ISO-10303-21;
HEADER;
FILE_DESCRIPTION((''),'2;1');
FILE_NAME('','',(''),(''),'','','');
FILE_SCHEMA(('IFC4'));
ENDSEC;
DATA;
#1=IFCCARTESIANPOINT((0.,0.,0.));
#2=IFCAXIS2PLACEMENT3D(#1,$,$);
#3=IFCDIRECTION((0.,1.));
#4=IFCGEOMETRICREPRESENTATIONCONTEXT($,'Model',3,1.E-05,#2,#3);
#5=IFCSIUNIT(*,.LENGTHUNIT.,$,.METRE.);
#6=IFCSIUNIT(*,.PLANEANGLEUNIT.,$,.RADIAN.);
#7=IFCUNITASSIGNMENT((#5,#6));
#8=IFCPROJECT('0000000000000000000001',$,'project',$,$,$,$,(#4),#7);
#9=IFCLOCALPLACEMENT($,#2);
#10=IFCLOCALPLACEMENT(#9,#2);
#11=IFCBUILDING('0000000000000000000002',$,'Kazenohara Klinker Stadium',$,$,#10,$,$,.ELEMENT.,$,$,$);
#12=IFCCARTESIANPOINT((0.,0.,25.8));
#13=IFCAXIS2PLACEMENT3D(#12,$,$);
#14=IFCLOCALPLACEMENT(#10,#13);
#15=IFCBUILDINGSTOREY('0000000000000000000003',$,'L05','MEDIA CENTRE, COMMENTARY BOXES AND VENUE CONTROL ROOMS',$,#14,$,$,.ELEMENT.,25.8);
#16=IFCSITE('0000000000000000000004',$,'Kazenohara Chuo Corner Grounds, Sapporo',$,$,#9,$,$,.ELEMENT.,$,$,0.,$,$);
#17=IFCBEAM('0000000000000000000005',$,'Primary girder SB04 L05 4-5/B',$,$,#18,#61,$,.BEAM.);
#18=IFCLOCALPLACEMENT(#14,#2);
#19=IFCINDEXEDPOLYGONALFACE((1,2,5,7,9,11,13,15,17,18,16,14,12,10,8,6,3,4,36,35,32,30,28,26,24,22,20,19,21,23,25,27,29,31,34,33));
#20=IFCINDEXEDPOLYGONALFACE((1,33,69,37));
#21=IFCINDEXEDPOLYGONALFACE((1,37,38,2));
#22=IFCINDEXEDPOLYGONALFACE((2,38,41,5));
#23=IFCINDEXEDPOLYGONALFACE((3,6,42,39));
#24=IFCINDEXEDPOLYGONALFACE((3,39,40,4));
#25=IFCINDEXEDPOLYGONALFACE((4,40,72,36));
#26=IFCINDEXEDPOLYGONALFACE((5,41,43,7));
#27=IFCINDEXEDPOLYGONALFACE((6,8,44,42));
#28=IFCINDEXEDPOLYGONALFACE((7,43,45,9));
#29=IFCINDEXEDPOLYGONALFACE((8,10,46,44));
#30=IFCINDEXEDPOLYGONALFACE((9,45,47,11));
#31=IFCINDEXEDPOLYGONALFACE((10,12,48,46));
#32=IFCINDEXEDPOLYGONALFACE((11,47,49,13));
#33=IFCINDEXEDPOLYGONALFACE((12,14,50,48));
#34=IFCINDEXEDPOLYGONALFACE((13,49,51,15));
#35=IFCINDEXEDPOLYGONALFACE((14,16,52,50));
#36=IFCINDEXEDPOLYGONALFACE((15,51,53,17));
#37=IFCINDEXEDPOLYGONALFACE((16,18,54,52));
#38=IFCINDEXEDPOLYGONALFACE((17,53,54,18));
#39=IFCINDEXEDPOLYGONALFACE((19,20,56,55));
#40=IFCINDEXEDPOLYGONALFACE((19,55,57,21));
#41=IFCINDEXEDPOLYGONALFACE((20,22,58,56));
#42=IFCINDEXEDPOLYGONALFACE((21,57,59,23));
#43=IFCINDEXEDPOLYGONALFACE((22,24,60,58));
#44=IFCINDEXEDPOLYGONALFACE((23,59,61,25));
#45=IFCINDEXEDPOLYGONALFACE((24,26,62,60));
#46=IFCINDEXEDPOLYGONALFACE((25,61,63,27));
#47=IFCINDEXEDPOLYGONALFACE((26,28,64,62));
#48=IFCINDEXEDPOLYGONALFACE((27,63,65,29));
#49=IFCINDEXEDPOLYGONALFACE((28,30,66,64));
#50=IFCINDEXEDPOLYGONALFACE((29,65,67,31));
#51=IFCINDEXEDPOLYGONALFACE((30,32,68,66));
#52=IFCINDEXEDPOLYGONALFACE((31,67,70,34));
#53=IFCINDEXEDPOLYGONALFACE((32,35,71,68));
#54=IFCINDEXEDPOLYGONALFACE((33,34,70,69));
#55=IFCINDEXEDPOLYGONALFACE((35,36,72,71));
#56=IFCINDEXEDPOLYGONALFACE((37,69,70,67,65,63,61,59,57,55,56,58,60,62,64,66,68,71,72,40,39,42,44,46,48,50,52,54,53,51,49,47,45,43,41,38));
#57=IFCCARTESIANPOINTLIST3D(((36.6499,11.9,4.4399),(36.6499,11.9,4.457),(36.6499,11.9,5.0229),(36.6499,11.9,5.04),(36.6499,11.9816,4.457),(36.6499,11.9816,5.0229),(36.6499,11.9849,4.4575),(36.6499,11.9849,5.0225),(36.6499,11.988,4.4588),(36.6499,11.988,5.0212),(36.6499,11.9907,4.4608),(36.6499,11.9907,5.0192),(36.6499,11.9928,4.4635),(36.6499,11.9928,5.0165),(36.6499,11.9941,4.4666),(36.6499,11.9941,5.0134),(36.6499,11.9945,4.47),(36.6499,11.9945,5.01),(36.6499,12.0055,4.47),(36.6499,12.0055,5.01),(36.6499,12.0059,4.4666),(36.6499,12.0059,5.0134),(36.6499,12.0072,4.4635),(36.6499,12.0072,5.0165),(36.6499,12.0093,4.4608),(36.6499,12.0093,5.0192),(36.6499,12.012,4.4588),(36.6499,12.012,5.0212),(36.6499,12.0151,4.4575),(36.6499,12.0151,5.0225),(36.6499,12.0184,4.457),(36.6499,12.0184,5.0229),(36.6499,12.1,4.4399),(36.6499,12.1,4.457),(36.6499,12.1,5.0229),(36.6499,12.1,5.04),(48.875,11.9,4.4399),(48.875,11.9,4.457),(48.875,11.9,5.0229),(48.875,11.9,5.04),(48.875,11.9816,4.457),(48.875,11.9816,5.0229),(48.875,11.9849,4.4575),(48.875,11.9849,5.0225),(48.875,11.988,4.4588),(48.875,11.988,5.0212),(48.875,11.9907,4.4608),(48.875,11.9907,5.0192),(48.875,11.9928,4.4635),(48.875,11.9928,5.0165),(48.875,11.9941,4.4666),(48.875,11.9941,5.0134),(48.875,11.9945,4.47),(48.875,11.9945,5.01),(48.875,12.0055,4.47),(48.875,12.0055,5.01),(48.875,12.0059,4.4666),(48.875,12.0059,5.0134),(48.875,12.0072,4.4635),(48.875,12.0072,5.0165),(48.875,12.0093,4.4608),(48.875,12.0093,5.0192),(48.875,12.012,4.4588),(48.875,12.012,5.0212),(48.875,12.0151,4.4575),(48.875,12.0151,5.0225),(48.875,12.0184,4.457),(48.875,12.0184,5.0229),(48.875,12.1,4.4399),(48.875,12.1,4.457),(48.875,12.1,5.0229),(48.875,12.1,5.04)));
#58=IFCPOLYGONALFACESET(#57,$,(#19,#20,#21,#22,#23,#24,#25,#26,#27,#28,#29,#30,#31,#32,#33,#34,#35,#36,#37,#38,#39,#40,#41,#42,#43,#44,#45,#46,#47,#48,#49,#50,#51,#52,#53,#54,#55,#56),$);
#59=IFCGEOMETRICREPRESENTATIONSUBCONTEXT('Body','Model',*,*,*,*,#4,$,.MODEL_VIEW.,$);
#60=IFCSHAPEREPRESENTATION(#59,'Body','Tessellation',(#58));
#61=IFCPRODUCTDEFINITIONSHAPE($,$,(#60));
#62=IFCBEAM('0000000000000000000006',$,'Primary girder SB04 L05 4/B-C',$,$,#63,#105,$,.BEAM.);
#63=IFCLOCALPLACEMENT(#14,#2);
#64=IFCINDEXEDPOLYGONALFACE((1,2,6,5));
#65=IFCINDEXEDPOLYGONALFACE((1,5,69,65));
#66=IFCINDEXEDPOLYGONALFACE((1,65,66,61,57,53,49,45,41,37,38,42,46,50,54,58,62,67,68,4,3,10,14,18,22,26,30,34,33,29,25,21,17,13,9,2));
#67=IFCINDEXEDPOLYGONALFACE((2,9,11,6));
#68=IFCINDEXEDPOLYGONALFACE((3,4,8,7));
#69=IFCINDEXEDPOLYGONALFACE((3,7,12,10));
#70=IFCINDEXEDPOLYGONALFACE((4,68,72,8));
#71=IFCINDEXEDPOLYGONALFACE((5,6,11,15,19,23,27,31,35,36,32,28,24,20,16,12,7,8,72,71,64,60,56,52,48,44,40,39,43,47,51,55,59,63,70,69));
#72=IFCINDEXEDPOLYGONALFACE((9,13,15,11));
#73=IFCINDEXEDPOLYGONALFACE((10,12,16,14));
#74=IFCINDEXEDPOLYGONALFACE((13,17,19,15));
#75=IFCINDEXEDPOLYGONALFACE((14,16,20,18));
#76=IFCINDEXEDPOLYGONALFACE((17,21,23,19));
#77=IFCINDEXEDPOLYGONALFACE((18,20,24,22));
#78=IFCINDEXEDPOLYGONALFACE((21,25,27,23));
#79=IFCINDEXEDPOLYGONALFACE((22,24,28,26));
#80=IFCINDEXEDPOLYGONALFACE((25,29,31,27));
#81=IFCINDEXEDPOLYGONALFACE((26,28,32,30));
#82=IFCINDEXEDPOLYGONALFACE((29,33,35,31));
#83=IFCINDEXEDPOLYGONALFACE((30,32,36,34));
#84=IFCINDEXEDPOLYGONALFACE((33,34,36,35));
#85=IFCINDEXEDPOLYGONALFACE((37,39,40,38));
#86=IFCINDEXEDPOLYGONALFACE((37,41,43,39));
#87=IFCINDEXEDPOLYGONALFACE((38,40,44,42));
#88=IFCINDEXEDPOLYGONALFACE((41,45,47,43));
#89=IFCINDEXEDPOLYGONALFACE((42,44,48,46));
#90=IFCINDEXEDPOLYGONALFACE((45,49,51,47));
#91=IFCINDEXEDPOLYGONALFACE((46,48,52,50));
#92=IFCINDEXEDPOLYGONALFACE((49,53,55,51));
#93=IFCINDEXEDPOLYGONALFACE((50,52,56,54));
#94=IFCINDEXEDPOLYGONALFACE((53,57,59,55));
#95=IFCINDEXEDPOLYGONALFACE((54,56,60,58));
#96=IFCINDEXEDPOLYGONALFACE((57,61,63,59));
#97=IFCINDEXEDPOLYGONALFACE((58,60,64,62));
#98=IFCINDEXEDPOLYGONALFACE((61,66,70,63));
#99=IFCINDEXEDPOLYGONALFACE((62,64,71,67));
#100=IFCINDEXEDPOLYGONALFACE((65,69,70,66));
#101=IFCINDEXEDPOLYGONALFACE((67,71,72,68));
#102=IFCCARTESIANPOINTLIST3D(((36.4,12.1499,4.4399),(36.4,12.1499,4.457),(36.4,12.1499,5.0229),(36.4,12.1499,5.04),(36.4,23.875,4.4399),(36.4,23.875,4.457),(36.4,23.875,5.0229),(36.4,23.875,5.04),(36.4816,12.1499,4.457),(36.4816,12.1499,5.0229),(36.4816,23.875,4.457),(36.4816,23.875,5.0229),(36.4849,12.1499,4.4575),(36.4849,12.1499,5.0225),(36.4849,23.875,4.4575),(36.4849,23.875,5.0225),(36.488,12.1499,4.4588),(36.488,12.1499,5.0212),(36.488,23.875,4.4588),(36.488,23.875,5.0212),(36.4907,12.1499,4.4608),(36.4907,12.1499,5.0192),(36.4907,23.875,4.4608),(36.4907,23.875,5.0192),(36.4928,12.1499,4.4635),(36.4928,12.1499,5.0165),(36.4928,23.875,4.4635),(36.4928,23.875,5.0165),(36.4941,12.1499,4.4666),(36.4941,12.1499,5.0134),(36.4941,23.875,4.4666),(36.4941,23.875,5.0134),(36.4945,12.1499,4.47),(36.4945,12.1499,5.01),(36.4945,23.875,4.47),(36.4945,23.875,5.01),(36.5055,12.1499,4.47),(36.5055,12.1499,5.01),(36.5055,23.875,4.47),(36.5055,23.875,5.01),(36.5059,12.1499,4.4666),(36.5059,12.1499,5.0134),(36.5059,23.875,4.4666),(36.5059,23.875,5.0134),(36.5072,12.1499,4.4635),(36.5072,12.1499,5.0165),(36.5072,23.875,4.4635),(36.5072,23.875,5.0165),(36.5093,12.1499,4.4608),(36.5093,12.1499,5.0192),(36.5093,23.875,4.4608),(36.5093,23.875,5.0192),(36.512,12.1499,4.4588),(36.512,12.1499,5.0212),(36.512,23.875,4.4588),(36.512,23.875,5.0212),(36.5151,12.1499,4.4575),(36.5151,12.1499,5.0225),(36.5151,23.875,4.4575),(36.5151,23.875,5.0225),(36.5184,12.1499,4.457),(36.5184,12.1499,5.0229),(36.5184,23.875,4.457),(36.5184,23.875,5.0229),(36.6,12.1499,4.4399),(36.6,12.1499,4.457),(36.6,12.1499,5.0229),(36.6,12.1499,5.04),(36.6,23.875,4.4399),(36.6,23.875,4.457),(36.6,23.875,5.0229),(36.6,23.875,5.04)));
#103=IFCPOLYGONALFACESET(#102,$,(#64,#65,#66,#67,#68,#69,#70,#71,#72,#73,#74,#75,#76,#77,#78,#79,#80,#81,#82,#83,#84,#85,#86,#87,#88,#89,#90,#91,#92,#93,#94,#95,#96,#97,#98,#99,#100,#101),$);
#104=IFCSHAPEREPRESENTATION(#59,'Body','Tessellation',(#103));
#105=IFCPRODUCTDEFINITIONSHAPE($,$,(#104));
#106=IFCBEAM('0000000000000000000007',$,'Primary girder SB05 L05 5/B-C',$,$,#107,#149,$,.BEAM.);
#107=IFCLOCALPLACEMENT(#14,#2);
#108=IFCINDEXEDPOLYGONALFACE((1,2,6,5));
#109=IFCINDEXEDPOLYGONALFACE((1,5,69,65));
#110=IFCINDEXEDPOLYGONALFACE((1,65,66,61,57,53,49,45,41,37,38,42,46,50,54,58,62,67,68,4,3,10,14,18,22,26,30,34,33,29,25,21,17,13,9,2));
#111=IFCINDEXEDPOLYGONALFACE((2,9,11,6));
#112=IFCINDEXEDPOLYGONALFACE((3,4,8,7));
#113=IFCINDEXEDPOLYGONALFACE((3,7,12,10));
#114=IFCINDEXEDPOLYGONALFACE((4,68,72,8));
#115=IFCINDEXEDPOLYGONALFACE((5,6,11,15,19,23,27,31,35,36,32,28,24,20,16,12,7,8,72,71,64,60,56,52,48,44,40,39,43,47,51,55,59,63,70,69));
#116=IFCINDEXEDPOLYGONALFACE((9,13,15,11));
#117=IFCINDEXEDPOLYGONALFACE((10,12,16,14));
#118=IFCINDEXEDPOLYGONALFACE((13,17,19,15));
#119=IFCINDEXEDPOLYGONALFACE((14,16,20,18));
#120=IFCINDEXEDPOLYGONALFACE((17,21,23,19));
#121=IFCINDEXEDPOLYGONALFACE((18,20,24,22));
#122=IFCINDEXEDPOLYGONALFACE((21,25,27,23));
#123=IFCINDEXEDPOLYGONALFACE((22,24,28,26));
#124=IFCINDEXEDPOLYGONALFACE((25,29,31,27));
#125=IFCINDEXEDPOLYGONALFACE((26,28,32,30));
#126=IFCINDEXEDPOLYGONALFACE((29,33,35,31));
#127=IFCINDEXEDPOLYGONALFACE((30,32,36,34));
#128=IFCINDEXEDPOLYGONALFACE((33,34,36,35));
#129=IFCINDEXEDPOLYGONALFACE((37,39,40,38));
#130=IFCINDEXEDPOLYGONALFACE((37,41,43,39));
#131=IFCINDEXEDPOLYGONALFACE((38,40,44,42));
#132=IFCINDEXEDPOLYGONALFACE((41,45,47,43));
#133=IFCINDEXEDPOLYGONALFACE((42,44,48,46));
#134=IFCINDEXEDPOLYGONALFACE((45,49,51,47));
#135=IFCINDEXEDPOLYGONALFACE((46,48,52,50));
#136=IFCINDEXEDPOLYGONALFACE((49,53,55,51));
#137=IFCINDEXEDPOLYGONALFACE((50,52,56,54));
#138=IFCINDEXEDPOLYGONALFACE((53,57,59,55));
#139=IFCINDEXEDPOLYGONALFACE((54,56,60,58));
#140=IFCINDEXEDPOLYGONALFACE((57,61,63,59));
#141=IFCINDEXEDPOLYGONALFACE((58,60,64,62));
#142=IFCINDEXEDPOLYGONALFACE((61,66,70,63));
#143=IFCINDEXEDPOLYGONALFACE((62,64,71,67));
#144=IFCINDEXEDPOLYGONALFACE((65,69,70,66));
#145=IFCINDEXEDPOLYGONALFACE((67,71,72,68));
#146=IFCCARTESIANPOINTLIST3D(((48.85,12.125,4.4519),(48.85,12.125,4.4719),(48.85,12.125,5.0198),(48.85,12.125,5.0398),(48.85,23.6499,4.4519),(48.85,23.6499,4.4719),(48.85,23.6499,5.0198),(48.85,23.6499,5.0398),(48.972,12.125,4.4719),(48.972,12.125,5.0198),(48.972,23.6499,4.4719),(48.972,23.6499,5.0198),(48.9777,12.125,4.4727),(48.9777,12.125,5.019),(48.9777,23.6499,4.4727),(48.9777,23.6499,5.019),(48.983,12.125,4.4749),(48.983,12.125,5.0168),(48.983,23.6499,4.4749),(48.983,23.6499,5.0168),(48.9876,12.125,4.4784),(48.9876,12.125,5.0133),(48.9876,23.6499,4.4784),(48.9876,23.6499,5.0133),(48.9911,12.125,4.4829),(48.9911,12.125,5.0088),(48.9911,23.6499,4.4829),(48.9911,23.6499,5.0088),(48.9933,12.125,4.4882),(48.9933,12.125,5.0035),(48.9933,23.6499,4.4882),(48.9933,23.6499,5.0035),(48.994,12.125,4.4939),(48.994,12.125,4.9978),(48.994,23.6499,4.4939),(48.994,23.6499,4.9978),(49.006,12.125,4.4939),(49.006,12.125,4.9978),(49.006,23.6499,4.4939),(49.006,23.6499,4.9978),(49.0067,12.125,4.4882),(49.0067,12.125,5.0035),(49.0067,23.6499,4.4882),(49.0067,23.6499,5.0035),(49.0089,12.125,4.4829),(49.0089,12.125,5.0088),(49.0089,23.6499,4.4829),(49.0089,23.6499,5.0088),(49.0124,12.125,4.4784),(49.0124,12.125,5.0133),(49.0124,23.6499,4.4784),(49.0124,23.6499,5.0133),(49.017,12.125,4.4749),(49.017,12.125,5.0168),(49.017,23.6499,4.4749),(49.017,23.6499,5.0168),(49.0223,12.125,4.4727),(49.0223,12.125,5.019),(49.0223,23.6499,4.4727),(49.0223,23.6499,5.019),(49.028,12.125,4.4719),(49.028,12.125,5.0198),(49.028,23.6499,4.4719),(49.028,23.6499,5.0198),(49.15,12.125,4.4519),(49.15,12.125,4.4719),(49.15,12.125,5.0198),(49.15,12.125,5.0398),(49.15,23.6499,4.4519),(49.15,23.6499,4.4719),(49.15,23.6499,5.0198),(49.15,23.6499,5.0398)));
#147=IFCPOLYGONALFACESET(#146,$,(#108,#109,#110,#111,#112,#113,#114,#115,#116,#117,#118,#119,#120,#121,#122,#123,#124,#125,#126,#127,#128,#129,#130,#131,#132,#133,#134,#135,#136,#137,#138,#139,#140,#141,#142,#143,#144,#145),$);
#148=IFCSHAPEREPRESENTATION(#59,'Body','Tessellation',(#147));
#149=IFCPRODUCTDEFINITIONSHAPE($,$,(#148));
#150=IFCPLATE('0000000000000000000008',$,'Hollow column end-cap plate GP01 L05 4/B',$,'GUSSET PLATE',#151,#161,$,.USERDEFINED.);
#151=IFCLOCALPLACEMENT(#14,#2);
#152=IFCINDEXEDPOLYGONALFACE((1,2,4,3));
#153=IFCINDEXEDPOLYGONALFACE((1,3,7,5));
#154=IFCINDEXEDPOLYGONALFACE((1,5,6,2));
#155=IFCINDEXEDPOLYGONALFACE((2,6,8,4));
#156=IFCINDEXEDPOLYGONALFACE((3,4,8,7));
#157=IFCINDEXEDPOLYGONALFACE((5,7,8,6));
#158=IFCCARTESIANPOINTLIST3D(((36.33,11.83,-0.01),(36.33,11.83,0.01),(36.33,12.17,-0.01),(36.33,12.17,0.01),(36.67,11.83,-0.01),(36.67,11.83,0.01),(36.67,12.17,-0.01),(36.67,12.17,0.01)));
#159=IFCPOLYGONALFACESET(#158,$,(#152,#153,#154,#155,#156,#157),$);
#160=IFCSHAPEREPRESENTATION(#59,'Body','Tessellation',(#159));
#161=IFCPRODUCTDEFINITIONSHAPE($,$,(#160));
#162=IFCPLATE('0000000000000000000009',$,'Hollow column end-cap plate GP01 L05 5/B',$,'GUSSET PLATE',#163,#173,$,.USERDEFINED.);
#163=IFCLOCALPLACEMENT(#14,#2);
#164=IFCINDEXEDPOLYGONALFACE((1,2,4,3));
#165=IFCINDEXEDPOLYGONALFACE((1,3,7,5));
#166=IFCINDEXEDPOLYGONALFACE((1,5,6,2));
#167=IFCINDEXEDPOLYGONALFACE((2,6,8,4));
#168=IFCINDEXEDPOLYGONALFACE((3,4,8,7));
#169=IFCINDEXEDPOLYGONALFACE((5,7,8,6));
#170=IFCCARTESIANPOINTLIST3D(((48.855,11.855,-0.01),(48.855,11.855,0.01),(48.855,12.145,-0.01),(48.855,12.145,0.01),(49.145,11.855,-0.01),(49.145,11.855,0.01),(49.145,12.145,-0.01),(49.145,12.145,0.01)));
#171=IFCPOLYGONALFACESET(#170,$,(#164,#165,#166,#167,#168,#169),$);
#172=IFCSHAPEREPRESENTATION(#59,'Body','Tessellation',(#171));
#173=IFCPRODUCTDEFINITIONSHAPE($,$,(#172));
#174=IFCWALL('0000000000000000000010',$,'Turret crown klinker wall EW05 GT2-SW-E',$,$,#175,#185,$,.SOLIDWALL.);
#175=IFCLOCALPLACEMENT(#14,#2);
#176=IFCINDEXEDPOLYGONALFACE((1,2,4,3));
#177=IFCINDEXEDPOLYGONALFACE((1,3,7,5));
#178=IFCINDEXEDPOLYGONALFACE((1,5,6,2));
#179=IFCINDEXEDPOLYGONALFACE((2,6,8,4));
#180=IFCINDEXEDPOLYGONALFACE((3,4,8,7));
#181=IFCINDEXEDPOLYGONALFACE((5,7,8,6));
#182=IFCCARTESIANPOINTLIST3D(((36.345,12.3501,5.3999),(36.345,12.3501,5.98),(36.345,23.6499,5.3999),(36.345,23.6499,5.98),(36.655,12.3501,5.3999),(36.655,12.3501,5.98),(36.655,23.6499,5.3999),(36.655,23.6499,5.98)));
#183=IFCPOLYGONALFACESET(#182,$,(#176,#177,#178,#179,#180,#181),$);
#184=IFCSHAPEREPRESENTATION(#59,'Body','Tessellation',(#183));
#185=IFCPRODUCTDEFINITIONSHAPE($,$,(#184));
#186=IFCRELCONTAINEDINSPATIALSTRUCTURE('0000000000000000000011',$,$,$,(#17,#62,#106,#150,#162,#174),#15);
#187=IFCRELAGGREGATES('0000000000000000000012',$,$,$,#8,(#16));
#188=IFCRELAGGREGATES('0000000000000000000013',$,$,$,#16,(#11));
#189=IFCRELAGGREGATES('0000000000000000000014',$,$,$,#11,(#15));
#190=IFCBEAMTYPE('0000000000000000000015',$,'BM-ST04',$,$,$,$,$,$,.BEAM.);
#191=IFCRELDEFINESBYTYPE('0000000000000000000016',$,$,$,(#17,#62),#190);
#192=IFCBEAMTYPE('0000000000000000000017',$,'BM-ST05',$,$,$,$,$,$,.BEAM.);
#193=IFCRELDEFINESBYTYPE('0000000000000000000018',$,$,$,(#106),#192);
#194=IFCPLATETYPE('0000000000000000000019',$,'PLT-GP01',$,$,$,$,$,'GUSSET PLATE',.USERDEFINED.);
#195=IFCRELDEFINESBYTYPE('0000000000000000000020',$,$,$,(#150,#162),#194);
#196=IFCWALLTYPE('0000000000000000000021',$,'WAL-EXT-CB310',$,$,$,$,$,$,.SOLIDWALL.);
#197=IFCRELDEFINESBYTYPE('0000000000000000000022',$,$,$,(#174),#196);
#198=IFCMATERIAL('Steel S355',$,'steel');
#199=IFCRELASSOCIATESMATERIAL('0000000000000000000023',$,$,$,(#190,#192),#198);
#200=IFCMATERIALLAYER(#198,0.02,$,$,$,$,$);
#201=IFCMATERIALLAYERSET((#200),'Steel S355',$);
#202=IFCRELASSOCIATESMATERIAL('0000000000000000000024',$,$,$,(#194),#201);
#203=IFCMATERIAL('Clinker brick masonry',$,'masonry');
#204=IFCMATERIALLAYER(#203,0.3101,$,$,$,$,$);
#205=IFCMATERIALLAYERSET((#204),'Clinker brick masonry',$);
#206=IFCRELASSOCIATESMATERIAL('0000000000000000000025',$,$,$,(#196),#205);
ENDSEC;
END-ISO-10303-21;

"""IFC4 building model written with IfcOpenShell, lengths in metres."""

from ifc_helpers import new_model, si_unit, direction, frame, frame_2d, origin, origin_2d, place, context, subcontext, project, spatial, rectangle, i_section, extrude, material, layer, layer_set, material_profile, profile_set, type_object, element, save


model = new_model("IFC4")

# Units and contexts
model_context = context("Model", 3, precision=1e-05, world=origin(), true_north=direction((0.0, 1.0)))
body_context = subcontext(model_context, "Body", "Model", "MODEL_VIEW")
ifc_project = project(units=[si_unit("LENGTHUNIT", "METRE"), si_unit("PLANEANGLEUNIT", "RADIAN")], contexts=[model_context])

# Site, building, storey
site_placement = place(None, origin())
site = spatial("IfcSite", under=ifc_project, at=site_placement, Name="Kazenohara Chuo Corner Grounds, Sapporo", CompositionType="ELEMENT", RefElevation=0.0)
building_placement = place(site_placement, origin())
building = spatial("IfcBuilding", under=site, at=building_placement, Name="Kazenohara Klinker Stadium", CompositionType="ELEMENT")
storey_placement = place(building_placement, frame((0.0, 0.0, 25.8)))
storey = spatial("IfcBuildingStorey", under=building, at=storey_placement, Name="L05", Description="MEDIA CENTRE, COMMENTARY BOXES AND VENUE CONTROL ROOMS", CompositionType="ELEMENT", Elevation=25.8)

# Shared definitions
ifc_material_1 = material(Name="Steel S355", Category="steel")

# Beams
ifc_material_profile_1 = material_profile(ifc_material_1, i_section(OverallWidth=0.2, OverallDepth=0.6001, WebThickness=0.011, FlangeThickness=0.0171, FilletRadius=0.0129, at=origin_2d()), Name="H-600x200x11x17")
ifc_profile_set_1 = profile_set([ifc_material_profile_1], Name="Steel S355")
beam_type_1 = type_object("IfcBeamType", Name="BM-ST04", PredefinedType="BEAM", material=ifc_profile_set_1)
beam_1_placement = place(storey_placement, frame((36.6499, 12.0, 4.74), z_axis=(1.0, 0.0, 0.0), x_axis=(0.0, 1.0, 0.0)))
element("IfcBeam", 1, at=beam_1_placement, inside=storey, type_object=beam_type_1, Name="Primary girder SB04 L05 4-5/B", PredefinedType="BEAM", context=body_context, shape_type="SweptSolid", body=[
    extrude(i_section(OverallWidth=0.2, OverallDepth=0.6001, WebThickness=0.011, FlangeThickness=0.0171, FilletRadius=0.0129, at=origin_2d()), origin(), (0.0, 0.0, 1.0), 12.2251),
])
beam_2_placement = place(storey_placement, frame((36.5, 12.1499, 4.74), z_axis=(0.0, 1.0, 0.0), x_axis=(-1.0, 0.0, 0.0)))
element("IfcBeam", 2, at=beam_2_placement, inside=storey, type_object=beam_type_1, Name="Primary girder SB04 L05 4/B-C", PredefinedType="BEAM", context=body_context, shape_type="SweptSolid", body=[
    extrude(i_section(OverallWidth=0.2, OverallDepth=0.6001, WebThickness=0.011, FlangeThickness=0.0171, FilletRadius=0.0129, at=origin_2d()), origin(), (0.0, 0.0, 1.0), 11.7251),
])
ifc_material_profile_2 = material_profile(ifc_material_1, i_section(OverallWidth=0.3, OverallDepth=0.5879, WebThickness=0.012, FlangeThickness=0.02, FilletRadius=0.022, at=origin_2d()), Name="H-588x300x12x20")
ifc_profile_set_2 = profile_set([ifc_material_profile_2], Name="Steel S355")
beam_type_2 = type_object("IfcBeamType", Name="BM-ST05", PredefinedType="BEAM", material=ifc_profile_set_2)
beam_3_placement = place(storey_placement, frame((49.0, 12.125, 4.7458), z_axis=(0.0, 1.0, 0.0), x_axis=(-1.0, 0.0, 0.0)))
element("IfcBeam", 3, at=beam_3_placement, inside=storey, type_object=beam_type_2, Name="Primary girder SB05 L05 5/B-C", PredefinedType="BEAM", context=body_context, shape_type="SweptSolid", body=[
    extrude(i_section(OverallWidth=0.3, OverallDepth=0.5879, WebThickness=0.012, FlangeThickness=0.02, FilletRadius=0.022, at=origin_2d()), origin(), (0.0, 0.0, 1.0), 11.5249),
])

# Plates
ifc_layer_1 = layer(ifc_material_1, 0.02)
ifc_layer_set_1 = layer_set([ifc_layer_1], Name="Steel S355")
plate_type = type_object("IfcPlateType", Name="PLT-GP01", ElementType="GUSSET PLATE", PredefinedType="USERDEFINED", material=ifc_layer_set_1)
plate_1_placement = place(storey_placement, frame((36.5, 12.0, -0.01), z_axis=(0.0, 0.0, 1.0), x_axis=(1.0, 0.0, 0.0)))
element("IfcPlate", 4, at=plate_1_placement, inside=storey, type_object=plate_type, Name="Hollow column end-cap plate GP01 L05 4/B", ObjectType="GUSSET PLATE", PredefinedType="USERDEFINED", context=body_context, shape_type="SweptSolid", body=[
    extrude(rectangle(XDim=0.3401, YDim=0.3401, at=origin_2d()), origin(), (0.0, 0.0, 1.0), 0.02),
])
plate_2_placement = place(storey_placement, frame((49.0, 12.0, -0.01), z_axis=(0.0, 0.0, 1.0), x_axis=(1.0, 0.0, 0.0)))
element("IfcPlate", 5, at=plate_2_placement, inside=storey, type_object=plate_type, Name="Hollow column end-cap plate GP01 L05 5/B", ObjectType="GUSSET PLATE", PredefinedType="USERDEFINED", context=body_context, shape_type="SweptSolid", body=[
    extrude(rectangle(XDim=0.29, YDim=0.29, at=origin_2d()), origin(), (0.0, 0.0, 1.0), 0.02),
])

# Wall
ifc_material_2 = material(Name="Clinker brick masonry", Category="masonry")
ifc_layer_2 = layer(ifc_material_2, 0.3101)
ifc_layer_set_2 = layer_set([ifc_layer_2], Name="Clinker brick masonry")
wall_type_1 = type_object("IfcWallType", Name="WAL-EXT-CB310", PredefinedType="SOLIDWALL", material=ifc_layer_set_2)
wall_1_placement = place(storey_placement, frame((36.5, 12.3501, 5.3999), z_axis=(0.0, 0.0, 1.0), x_axis=(0.0, 1.0, 0.0)))
element("IfcWall", 6, at=wall_1_placement, inside=storey, type_object=wall_type_1, Name="Turret crown klinker wall EW05 GT2-SW-E", PredefinedType="SOLIDWALL", context=body_context, shape_type="SweptSolid", body=[
    extrude(rectangle(XDim=11.2998, YDim=0.3101, at=frame_2d((5.6499, 0.0))), origin(), (0.0, 0.0, 1.0), 0.5801),
])

save(model, "model.ifc")
